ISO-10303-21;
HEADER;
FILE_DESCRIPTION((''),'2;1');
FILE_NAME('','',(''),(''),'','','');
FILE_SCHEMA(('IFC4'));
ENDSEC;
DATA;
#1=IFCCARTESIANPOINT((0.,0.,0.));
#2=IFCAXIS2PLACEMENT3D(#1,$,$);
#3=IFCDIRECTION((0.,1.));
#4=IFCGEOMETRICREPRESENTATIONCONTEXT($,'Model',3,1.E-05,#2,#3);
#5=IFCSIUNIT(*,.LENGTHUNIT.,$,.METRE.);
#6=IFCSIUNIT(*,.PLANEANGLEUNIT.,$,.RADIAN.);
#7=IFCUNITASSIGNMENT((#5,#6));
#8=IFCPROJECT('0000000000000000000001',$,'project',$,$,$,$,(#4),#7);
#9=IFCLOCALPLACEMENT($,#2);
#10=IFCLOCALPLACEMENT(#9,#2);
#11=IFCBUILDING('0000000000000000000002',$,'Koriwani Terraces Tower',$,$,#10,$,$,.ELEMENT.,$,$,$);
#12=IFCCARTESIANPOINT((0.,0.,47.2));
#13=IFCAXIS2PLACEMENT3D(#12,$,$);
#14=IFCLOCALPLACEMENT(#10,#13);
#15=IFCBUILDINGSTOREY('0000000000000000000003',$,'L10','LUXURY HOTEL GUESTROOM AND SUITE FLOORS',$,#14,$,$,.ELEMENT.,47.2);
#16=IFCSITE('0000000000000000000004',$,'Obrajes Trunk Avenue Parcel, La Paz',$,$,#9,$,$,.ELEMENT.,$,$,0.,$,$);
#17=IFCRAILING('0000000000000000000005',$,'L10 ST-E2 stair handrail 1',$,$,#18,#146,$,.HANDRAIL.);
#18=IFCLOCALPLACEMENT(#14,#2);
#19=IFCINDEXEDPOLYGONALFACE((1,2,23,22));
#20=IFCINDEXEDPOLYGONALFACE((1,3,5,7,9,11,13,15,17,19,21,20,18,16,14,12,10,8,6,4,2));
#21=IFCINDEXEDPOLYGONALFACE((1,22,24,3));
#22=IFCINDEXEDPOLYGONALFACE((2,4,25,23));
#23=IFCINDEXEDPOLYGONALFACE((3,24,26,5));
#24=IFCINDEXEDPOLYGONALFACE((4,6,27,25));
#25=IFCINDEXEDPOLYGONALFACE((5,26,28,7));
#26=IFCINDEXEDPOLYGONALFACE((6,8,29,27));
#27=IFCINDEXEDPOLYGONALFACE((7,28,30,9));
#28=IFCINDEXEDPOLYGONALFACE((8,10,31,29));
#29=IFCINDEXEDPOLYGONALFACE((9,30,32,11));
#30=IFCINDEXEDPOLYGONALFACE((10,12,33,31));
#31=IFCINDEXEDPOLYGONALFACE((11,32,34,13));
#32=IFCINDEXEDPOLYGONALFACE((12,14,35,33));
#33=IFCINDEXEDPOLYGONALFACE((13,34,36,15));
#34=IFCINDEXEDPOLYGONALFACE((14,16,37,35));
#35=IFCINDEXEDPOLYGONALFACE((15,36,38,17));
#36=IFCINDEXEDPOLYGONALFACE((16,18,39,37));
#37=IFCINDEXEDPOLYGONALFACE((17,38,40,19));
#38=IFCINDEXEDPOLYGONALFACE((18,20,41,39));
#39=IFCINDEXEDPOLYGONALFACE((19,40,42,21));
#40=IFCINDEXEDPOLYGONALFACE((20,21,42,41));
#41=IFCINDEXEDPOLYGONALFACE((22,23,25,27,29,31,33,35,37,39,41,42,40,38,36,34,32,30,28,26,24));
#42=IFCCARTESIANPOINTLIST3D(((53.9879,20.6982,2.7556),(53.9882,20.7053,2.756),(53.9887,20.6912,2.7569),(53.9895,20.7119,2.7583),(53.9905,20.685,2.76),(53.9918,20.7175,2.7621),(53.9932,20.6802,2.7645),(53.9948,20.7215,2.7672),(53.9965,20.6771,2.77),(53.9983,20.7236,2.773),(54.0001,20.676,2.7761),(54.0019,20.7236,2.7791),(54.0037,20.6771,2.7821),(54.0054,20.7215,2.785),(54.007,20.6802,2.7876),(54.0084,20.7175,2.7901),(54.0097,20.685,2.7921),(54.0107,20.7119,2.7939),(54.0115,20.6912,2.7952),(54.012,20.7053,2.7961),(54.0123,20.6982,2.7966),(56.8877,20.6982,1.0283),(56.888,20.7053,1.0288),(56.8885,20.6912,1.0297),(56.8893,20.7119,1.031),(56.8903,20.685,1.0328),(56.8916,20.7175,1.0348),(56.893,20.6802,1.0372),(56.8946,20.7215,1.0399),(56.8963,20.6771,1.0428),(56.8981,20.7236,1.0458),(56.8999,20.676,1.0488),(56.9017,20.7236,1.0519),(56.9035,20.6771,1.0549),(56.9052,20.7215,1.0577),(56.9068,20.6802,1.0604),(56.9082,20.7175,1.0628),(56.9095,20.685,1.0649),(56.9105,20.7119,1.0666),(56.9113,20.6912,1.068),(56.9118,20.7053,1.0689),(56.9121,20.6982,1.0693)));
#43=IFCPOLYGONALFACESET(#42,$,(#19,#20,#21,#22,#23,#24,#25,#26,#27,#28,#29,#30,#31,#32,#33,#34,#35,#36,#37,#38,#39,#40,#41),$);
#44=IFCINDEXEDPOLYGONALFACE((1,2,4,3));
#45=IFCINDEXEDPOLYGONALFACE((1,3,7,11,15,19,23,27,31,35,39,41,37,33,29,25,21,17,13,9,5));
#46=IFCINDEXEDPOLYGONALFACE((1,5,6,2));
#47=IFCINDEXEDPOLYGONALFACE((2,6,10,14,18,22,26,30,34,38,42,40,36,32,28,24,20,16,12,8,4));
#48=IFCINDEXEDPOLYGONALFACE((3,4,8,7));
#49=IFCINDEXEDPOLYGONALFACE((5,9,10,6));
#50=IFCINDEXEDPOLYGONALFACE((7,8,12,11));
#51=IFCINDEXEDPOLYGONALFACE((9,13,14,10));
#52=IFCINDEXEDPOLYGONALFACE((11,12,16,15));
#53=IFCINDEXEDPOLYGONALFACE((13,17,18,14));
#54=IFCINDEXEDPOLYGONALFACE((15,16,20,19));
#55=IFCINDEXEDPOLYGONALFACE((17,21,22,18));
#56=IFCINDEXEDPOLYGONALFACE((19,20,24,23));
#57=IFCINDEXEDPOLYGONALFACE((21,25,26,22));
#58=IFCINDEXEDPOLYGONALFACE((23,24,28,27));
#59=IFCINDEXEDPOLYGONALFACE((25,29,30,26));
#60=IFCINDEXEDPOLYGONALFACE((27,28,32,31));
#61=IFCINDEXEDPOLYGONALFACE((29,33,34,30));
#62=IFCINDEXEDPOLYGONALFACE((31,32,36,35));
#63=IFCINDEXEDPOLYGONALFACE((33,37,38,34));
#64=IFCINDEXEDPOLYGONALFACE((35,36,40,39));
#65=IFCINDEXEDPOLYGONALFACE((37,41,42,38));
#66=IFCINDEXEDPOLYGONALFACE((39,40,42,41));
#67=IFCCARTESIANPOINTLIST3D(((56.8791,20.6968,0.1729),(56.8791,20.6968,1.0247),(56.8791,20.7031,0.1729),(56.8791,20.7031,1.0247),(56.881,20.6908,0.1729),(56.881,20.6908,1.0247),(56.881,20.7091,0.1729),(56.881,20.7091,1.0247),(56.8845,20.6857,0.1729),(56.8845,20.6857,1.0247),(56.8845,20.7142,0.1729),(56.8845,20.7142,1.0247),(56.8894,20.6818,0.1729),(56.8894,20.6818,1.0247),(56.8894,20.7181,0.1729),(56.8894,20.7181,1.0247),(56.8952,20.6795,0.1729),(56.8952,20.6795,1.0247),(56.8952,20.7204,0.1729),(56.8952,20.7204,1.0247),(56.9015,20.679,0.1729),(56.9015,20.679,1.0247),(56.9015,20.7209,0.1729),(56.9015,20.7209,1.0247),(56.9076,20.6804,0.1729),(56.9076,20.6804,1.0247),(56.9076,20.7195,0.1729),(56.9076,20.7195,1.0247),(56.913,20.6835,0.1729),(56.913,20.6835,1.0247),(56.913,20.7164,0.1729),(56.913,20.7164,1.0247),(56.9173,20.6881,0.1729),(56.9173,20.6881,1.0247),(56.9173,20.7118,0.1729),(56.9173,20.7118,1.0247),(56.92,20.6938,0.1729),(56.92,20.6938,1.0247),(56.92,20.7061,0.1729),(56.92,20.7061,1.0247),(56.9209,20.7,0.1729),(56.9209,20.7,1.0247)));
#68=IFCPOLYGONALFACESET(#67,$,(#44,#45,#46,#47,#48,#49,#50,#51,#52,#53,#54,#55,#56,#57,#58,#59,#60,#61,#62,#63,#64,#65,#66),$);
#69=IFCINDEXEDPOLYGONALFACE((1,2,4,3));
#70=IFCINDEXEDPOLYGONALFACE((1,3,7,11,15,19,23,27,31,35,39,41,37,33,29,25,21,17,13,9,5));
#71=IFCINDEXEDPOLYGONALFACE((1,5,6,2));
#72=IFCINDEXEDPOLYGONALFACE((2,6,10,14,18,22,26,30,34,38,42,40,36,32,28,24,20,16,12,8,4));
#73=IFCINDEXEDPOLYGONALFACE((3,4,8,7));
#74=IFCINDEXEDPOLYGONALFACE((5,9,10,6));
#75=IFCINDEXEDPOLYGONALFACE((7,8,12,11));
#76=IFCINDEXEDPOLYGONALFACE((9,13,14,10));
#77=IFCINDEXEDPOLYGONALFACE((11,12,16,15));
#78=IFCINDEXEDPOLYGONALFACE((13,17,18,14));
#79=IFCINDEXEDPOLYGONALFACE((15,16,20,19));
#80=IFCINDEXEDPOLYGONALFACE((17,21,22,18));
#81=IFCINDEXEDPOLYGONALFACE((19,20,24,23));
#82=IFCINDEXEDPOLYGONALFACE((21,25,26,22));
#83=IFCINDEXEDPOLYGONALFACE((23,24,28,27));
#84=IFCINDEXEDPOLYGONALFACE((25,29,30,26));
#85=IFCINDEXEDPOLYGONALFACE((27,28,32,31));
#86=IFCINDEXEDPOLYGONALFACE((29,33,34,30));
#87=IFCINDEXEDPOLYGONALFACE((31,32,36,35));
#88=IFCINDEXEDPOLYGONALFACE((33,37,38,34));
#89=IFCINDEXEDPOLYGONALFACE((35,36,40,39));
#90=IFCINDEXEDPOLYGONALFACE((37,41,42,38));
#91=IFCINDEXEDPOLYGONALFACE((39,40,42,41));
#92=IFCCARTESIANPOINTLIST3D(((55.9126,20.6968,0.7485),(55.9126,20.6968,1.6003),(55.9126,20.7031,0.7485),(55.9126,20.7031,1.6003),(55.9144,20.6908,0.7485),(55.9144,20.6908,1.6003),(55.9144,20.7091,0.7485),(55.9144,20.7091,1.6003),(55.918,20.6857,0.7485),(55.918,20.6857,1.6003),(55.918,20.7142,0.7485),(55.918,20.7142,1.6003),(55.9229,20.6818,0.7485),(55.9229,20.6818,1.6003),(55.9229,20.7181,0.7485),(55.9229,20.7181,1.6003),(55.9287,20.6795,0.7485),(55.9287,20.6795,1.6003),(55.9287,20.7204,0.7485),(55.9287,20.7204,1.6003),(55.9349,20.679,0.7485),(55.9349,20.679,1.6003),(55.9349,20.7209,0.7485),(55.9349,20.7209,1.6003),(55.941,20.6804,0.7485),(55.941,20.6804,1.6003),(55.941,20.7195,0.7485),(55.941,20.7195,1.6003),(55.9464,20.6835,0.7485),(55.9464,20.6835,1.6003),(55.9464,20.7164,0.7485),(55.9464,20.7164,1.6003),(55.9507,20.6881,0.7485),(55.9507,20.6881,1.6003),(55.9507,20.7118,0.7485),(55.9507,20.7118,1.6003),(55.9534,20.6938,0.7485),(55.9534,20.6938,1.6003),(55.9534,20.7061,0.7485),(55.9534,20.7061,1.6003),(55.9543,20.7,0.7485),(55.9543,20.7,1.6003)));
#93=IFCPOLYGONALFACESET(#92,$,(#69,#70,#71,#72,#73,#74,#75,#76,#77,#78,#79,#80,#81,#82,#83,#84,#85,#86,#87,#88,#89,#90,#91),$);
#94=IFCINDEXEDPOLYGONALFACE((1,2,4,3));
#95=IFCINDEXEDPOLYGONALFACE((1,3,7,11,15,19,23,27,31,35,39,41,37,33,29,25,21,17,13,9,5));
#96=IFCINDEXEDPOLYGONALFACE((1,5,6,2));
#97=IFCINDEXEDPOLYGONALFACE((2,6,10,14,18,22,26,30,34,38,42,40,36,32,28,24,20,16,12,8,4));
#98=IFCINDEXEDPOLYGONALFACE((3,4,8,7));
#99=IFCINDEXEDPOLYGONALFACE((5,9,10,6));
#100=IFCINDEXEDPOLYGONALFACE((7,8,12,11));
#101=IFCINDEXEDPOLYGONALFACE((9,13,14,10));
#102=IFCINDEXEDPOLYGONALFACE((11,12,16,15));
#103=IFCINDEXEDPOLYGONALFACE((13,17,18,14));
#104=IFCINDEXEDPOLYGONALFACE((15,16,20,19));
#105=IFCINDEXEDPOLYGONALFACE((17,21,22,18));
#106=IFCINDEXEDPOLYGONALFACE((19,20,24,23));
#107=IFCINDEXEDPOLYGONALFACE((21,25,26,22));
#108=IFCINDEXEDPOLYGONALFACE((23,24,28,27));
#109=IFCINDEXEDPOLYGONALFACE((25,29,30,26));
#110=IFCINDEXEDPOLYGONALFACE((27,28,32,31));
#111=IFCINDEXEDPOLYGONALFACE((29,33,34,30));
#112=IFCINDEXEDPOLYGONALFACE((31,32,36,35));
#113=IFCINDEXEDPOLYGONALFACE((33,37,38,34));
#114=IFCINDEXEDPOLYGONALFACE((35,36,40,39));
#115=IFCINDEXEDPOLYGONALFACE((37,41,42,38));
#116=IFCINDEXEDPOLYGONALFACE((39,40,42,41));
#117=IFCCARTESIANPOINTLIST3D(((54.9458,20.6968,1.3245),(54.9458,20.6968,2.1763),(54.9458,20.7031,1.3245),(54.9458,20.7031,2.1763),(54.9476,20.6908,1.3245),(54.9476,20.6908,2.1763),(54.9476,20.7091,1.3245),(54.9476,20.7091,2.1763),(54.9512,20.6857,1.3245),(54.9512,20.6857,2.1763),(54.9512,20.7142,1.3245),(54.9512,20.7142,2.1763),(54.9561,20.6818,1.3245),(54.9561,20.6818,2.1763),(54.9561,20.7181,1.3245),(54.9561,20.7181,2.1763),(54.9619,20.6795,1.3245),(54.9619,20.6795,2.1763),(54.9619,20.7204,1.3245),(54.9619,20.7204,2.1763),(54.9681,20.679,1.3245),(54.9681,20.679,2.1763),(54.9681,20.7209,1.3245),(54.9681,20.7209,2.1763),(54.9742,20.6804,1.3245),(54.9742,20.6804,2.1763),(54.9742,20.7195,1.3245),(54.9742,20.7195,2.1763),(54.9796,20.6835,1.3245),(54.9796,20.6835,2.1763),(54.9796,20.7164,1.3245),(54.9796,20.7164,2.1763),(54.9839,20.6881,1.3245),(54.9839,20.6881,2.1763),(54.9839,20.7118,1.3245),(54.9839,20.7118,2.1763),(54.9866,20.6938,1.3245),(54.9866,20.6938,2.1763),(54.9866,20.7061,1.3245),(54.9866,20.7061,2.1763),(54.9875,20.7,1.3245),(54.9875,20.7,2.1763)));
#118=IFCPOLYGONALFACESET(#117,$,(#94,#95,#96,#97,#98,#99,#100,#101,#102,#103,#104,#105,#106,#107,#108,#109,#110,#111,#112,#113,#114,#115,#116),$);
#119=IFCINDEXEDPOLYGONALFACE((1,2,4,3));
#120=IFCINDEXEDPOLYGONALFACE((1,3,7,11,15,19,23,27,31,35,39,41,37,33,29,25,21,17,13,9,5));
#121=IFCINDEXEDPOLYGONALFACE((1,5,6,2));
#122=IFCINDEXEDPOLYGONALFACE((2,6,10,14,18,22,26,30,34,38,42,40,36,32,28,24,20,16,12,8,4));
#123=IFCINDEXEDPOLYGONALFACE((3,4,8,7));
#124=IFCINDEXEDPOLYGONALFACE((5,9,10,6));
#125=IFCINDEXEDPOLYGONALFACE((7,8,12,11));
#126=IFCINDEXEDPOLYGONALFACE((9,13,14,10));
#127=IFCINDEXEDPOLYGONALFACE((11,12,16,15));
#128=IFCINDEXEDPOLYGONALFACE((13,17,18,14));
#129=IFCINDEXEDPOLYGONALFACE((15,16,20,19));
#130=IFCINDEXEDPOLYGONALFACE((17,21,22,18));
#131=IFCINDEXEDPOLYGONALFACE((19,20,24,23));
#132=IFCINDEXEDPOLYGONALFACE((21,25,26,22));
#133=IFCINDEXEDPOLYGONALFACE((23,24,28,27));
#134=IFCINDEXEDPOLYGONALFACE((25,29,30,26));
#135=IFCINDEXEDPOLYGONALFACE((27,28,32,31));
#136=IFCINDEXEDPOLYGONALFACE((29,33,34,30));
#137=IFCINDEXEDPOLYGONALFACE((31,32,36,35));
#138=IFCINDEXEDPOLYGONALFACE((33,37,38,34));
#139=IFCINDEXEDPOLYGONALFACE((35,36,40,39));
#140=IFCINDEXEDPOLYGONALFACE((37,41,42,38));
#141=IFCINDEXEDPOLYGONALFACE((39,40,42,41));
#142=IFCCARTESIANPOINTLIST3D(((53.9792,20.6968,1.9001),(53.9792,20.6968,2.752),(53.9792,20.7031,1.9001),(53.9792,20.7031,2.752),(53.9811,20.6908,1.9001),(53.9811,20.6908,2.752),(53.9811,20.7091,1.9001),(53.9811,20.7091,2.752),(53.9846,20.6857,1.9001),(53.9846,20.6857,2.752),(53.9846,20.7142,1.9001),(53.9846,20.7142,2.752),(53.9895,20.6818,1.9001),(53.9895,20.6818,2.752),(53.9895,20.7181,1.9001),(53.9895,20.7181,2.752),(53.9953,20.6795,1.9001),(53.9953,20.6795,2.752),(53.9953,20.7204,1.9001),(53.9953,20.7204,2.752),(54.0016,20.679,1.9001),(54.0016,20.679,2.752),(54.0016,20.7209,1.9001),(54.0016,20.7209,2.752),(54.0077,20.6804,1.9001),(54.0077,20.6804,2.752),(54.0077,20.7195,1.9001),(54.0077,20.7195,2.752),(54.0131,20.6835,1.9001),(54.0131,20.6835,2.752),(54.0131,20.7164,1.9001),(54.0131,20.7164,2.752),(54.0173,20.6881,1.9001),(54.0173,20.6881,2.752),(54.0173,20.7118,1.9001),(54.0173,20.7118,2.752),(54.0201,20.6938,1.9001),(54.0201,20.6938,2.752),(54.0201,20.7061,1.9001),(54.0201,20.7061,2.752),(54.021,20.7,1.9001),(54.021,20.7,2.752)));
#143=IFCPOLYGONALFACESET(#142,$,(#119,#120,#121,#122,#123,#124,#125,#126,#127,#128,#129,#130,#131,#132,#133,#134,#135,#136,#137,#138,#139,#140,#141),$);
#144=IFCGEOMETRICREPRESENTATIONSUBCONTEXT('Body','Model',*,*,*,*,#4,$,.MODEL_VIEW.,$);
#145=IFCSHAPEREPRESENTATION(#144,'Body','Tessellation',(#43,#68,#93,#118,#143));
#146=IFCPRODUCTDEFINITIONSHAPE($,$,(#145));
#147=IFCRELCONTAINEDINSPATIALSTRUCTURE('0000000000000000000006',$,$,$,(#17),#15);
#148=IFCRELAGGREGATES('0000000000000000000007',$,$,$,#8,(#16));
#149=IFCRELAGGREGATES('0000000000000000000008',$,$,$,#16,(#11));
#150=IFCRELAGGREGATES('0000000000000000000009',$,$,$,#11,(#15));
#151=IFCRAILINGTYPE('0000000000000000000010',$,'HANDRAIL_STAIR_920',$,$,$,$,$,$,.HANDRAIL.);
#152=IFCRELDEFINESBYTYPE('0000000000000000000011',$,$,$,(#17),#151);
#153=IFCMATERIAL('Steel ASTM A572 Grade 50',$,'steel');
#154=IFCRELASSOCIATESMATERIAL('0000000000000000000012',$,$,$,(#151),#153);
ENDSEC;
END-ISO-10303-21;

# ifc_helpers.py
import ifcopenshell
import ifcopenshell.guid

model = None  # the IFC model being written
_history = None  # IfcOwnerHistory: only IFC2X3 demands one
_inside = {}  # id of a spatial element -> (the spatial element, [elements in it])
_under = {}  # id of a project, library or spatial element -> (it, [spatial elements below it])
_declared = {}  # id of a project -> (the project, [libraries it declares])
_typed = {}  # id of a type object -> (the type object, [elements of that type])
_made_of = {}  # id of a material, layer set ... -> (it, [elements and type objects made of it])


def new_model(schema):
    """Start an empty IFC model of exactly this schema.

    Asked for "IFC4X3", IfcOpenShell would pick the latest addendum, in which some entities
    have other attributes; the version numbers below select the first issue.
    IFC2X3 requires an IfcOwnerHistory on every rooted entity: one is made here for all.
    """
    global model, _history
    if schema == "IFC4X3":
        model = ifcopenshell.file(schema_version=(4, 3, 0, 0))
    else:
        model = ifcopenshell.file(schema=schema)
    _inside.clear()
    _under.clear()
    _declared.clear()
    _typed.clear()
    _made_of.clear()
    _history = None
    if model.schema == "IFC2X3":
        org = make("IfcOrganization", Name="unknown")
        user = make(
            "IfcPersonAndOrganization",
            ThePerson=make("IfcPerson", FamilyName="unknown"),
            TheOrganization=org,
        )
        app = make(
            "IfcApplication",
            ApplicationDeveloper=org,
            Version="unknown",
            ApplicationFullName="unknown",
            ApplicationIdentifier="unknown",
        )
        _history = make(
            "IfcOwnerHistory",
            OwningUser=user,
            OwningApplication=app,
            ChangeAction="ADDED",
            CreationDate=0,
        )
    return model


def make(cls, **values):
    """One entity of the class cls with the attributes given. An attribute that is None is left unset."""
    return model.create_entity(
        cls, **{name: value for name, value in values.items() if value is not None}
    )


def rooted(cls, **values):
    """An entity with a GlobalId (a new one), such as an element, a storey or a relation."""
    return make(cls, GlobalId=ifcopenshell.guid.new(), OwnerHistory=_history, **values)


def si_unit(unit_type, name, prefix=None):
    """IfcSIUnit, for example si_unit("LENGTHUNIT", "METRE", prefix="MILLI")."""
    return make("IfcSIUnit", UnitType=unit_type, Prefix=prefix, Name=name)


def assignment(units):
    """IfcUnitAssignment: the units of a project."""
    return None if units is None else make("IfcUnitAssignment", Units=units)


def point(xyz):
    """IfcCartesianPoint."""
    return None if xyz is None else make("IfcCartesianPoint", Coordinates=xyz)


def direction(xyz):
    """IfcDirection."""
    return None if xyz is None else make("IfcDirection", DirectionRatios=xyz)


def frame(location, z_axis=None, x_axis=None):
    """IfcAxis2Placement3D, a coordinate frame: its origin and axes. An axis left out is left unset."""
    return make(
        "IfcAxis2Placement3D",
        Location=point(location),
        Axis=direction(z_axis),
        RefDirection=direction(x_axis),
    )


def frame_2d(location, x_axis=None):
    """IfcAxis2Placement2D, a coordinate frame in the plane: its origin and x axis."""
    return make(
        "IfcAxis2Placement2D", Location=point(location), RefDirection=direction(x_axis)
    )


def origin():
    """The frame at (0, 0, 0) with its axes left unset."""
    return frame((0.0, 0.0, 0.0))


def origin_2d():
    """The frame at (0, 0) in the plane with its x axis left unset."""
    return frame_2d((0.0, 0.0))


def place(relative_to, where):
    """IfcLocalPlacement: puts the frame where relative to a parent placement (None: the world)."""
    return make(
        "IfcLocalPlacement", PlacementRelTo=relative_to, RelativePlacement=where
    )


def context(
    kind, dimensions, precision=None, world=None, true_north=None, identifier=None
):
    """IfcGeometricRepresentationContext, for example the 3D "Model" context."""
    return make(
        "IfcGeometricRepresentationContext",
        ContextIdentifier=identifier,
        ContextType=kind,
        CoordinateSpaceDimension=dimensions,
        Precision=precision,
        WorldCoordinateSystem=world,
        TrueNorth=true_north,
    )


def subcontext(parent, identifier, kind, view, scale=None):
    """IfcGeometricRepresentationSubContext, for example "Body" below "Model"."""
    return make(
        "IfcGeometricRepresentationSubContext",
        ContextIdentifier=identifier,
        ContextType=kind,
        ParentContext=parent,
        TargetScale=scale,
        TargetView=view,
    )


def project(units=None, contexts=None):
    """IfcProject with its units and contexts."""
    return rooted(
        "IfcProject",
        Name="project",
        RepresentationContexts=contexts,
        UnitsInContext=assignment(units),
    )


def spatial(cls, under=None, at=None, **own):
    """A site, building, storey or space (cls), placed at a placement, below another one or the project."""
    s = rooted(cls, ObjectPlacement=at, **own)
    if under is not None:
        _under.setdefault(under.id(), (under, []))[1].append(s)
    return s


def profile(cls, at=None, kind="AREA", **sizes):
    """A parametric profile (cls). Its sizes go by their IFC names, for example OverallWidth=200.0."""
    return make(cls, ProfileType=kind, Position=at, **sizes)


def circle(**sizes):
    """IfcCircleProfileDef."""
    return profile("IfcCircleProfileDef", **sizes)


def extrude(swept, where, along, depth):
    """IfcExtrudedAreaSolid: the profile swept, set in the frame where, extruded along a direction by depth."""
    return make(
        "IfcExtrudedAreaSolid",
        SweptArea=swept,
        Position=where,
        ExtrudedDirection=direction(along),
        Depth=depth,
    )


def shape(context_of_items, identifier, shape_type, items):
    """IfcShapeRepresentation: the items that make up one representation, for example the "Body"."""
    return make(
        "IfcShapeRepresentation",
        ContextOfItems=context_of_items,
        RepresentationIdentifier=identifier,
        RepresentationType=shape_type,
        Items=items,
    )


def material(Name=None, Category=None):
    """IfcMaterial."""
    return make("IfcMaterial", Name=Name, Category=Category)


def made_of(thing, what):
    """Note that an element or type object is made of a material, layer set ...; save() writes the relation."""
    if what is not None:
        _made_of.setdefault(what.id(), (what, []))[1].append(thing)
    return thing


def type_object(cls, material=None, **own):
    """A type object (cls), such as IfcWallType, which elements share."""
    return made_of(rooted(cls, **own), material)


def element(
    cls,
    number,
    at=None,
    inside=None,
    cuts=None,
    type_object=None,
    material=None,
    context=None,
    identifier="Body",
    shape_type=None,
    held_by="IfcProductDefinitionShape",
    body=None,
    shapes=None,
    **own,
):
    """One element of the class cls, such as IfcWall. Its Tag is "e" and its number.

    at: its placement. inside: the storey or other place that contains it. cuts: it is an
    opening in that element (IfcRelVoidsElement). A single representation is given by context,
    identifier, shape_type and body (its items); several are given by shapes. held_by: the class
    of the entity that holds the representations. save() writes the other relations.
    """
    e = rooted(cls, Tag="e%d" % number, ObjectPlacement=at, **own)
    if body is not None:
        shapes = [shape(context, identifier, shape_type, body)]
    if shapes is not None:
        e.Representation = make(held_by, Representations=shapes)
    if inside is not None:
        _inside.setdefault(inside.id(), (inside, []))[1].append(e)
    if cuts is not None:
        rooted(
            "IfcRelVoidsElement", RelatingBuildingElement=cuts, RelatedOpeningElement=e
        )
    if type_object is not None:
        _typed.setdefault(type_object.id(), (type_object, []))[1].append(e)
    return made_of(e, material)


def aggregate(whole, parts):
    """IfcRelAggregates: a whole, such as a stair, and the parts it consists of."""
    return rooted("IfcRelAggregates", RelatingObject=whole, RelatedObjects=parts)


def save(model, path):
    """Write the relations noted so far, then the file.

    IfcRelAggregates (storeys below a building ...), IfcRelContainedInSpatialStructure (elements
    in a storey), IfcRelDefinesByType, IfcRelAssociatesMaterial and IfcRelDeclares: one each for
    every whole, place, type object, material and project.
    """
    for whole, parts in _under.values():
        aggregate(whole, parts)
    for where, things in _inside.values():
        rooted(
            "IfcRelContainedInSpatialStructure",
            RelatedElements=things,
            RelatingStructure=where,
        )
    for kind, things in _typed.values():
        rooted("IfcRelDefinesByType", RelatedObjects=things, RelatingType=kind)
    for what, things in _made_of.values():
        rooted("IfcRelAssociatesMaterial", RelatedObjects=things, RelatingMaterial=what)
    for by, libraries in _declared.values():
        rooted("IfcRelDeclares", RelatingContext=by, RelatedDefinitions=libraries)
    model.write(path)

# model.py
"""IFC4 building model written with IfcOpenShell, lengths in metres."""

from ifc_helpers import new_model, si_unit, direction, frame, origin, origin_2d, place, context, subcontext, project, spatial, circle, extrude, material, type_object, element, save


model = new_model("IFC4")

# Units and contexts
model_context = context("Model", 3, precision=1e-05, world=origin(), true_north=direction((0.0, 1.0)))
body_context = subcontext(model_context, "Body", "Model", "MODEL_VIEW")
ifc_project = project(units=[si_unit("LENGTHUNIT", "METRE"), si_unit("PLANEANGLEUNIT", "RADIAN")], contexts=[model_context])

# Site, building, storey
site_placement = place(None, origin())
site = spatial("IfcSite", under=ifc_project, at=site_placement, Name="Obrajes Trunk Avenue Parcel, La Paz", CompositionType="ELEMENT", RefElevation=0.0)
building_placement = place(site_placement, origin())
building = spatial("IfcBuilding", under=site, at=building_placement, Name="Koriwani Terraces Tower", CompositionType="ELEMENT")
storey_placement = place(building_placement, frame((0.0, 0.0, 47.2)))
storey = spatial("IfcBuildingStorey", under=building, at=storey_placement, Name="L10", Description="LUXURY HOTEL GUESTROOM AND SUITE FLOORS", CompositionType="ELEMENT", Elevation=47.2)

# Shared definitions
ifc_material_1 = material(Name="Steel ASTM A572 Grade 50", Category="steel")

# Railing
railing_type_1 = type_object("IfcRailingType", Name="HANDRAIL_STAIR_920", PredefinedType="HANDRAIL", material=ifc_material_1)
railing_1_placement = place(storey_placement, frame((56.8999, 20.7, 0.1729)))
element("IfcRailing", 1, at=railing_1_placement, inside=storey, type_object=railing_type_1, Name="L10 ST-E2 stair handrail 1", PredefinedType="HANDRAIL", context=body_context, shape_type="SweptSolid", body=[
    extrude(circle(Radius=0.0239, at=origin_2d()), frame((0.0, 0.0, 0.876), z_axis=(-0.859141, 0.0, 0.511738), x_axis=(0.0, -1.0, 0.0)), (0.0, 0.0, 1.0), 3.3752),
    extrude(circle(Radius=0.021, at=origin_2d()), origin(), (0.0, 0.0, 1.0), 0.8518),
    extrude(circle(Radius=0.021, at=origin_2d()), frame((-0.9666, 0.0, 0.5757)), (0.0, 0.0, 1.0), 0.8518),
    extrude(circle(Radius=0.021, at=origin_2d()), frame((-1.9333, 0.0, 1.1516)), (0.0, 0.0, 1.0), 0.8518),
    extrude(circle(Radius=0.021, at=origin_2d()), frame((-2.8999, 0.0, 1.7273)), (0.0, 0.0, 1.0), 0.8518),
])

save(model, "model.ifc")
